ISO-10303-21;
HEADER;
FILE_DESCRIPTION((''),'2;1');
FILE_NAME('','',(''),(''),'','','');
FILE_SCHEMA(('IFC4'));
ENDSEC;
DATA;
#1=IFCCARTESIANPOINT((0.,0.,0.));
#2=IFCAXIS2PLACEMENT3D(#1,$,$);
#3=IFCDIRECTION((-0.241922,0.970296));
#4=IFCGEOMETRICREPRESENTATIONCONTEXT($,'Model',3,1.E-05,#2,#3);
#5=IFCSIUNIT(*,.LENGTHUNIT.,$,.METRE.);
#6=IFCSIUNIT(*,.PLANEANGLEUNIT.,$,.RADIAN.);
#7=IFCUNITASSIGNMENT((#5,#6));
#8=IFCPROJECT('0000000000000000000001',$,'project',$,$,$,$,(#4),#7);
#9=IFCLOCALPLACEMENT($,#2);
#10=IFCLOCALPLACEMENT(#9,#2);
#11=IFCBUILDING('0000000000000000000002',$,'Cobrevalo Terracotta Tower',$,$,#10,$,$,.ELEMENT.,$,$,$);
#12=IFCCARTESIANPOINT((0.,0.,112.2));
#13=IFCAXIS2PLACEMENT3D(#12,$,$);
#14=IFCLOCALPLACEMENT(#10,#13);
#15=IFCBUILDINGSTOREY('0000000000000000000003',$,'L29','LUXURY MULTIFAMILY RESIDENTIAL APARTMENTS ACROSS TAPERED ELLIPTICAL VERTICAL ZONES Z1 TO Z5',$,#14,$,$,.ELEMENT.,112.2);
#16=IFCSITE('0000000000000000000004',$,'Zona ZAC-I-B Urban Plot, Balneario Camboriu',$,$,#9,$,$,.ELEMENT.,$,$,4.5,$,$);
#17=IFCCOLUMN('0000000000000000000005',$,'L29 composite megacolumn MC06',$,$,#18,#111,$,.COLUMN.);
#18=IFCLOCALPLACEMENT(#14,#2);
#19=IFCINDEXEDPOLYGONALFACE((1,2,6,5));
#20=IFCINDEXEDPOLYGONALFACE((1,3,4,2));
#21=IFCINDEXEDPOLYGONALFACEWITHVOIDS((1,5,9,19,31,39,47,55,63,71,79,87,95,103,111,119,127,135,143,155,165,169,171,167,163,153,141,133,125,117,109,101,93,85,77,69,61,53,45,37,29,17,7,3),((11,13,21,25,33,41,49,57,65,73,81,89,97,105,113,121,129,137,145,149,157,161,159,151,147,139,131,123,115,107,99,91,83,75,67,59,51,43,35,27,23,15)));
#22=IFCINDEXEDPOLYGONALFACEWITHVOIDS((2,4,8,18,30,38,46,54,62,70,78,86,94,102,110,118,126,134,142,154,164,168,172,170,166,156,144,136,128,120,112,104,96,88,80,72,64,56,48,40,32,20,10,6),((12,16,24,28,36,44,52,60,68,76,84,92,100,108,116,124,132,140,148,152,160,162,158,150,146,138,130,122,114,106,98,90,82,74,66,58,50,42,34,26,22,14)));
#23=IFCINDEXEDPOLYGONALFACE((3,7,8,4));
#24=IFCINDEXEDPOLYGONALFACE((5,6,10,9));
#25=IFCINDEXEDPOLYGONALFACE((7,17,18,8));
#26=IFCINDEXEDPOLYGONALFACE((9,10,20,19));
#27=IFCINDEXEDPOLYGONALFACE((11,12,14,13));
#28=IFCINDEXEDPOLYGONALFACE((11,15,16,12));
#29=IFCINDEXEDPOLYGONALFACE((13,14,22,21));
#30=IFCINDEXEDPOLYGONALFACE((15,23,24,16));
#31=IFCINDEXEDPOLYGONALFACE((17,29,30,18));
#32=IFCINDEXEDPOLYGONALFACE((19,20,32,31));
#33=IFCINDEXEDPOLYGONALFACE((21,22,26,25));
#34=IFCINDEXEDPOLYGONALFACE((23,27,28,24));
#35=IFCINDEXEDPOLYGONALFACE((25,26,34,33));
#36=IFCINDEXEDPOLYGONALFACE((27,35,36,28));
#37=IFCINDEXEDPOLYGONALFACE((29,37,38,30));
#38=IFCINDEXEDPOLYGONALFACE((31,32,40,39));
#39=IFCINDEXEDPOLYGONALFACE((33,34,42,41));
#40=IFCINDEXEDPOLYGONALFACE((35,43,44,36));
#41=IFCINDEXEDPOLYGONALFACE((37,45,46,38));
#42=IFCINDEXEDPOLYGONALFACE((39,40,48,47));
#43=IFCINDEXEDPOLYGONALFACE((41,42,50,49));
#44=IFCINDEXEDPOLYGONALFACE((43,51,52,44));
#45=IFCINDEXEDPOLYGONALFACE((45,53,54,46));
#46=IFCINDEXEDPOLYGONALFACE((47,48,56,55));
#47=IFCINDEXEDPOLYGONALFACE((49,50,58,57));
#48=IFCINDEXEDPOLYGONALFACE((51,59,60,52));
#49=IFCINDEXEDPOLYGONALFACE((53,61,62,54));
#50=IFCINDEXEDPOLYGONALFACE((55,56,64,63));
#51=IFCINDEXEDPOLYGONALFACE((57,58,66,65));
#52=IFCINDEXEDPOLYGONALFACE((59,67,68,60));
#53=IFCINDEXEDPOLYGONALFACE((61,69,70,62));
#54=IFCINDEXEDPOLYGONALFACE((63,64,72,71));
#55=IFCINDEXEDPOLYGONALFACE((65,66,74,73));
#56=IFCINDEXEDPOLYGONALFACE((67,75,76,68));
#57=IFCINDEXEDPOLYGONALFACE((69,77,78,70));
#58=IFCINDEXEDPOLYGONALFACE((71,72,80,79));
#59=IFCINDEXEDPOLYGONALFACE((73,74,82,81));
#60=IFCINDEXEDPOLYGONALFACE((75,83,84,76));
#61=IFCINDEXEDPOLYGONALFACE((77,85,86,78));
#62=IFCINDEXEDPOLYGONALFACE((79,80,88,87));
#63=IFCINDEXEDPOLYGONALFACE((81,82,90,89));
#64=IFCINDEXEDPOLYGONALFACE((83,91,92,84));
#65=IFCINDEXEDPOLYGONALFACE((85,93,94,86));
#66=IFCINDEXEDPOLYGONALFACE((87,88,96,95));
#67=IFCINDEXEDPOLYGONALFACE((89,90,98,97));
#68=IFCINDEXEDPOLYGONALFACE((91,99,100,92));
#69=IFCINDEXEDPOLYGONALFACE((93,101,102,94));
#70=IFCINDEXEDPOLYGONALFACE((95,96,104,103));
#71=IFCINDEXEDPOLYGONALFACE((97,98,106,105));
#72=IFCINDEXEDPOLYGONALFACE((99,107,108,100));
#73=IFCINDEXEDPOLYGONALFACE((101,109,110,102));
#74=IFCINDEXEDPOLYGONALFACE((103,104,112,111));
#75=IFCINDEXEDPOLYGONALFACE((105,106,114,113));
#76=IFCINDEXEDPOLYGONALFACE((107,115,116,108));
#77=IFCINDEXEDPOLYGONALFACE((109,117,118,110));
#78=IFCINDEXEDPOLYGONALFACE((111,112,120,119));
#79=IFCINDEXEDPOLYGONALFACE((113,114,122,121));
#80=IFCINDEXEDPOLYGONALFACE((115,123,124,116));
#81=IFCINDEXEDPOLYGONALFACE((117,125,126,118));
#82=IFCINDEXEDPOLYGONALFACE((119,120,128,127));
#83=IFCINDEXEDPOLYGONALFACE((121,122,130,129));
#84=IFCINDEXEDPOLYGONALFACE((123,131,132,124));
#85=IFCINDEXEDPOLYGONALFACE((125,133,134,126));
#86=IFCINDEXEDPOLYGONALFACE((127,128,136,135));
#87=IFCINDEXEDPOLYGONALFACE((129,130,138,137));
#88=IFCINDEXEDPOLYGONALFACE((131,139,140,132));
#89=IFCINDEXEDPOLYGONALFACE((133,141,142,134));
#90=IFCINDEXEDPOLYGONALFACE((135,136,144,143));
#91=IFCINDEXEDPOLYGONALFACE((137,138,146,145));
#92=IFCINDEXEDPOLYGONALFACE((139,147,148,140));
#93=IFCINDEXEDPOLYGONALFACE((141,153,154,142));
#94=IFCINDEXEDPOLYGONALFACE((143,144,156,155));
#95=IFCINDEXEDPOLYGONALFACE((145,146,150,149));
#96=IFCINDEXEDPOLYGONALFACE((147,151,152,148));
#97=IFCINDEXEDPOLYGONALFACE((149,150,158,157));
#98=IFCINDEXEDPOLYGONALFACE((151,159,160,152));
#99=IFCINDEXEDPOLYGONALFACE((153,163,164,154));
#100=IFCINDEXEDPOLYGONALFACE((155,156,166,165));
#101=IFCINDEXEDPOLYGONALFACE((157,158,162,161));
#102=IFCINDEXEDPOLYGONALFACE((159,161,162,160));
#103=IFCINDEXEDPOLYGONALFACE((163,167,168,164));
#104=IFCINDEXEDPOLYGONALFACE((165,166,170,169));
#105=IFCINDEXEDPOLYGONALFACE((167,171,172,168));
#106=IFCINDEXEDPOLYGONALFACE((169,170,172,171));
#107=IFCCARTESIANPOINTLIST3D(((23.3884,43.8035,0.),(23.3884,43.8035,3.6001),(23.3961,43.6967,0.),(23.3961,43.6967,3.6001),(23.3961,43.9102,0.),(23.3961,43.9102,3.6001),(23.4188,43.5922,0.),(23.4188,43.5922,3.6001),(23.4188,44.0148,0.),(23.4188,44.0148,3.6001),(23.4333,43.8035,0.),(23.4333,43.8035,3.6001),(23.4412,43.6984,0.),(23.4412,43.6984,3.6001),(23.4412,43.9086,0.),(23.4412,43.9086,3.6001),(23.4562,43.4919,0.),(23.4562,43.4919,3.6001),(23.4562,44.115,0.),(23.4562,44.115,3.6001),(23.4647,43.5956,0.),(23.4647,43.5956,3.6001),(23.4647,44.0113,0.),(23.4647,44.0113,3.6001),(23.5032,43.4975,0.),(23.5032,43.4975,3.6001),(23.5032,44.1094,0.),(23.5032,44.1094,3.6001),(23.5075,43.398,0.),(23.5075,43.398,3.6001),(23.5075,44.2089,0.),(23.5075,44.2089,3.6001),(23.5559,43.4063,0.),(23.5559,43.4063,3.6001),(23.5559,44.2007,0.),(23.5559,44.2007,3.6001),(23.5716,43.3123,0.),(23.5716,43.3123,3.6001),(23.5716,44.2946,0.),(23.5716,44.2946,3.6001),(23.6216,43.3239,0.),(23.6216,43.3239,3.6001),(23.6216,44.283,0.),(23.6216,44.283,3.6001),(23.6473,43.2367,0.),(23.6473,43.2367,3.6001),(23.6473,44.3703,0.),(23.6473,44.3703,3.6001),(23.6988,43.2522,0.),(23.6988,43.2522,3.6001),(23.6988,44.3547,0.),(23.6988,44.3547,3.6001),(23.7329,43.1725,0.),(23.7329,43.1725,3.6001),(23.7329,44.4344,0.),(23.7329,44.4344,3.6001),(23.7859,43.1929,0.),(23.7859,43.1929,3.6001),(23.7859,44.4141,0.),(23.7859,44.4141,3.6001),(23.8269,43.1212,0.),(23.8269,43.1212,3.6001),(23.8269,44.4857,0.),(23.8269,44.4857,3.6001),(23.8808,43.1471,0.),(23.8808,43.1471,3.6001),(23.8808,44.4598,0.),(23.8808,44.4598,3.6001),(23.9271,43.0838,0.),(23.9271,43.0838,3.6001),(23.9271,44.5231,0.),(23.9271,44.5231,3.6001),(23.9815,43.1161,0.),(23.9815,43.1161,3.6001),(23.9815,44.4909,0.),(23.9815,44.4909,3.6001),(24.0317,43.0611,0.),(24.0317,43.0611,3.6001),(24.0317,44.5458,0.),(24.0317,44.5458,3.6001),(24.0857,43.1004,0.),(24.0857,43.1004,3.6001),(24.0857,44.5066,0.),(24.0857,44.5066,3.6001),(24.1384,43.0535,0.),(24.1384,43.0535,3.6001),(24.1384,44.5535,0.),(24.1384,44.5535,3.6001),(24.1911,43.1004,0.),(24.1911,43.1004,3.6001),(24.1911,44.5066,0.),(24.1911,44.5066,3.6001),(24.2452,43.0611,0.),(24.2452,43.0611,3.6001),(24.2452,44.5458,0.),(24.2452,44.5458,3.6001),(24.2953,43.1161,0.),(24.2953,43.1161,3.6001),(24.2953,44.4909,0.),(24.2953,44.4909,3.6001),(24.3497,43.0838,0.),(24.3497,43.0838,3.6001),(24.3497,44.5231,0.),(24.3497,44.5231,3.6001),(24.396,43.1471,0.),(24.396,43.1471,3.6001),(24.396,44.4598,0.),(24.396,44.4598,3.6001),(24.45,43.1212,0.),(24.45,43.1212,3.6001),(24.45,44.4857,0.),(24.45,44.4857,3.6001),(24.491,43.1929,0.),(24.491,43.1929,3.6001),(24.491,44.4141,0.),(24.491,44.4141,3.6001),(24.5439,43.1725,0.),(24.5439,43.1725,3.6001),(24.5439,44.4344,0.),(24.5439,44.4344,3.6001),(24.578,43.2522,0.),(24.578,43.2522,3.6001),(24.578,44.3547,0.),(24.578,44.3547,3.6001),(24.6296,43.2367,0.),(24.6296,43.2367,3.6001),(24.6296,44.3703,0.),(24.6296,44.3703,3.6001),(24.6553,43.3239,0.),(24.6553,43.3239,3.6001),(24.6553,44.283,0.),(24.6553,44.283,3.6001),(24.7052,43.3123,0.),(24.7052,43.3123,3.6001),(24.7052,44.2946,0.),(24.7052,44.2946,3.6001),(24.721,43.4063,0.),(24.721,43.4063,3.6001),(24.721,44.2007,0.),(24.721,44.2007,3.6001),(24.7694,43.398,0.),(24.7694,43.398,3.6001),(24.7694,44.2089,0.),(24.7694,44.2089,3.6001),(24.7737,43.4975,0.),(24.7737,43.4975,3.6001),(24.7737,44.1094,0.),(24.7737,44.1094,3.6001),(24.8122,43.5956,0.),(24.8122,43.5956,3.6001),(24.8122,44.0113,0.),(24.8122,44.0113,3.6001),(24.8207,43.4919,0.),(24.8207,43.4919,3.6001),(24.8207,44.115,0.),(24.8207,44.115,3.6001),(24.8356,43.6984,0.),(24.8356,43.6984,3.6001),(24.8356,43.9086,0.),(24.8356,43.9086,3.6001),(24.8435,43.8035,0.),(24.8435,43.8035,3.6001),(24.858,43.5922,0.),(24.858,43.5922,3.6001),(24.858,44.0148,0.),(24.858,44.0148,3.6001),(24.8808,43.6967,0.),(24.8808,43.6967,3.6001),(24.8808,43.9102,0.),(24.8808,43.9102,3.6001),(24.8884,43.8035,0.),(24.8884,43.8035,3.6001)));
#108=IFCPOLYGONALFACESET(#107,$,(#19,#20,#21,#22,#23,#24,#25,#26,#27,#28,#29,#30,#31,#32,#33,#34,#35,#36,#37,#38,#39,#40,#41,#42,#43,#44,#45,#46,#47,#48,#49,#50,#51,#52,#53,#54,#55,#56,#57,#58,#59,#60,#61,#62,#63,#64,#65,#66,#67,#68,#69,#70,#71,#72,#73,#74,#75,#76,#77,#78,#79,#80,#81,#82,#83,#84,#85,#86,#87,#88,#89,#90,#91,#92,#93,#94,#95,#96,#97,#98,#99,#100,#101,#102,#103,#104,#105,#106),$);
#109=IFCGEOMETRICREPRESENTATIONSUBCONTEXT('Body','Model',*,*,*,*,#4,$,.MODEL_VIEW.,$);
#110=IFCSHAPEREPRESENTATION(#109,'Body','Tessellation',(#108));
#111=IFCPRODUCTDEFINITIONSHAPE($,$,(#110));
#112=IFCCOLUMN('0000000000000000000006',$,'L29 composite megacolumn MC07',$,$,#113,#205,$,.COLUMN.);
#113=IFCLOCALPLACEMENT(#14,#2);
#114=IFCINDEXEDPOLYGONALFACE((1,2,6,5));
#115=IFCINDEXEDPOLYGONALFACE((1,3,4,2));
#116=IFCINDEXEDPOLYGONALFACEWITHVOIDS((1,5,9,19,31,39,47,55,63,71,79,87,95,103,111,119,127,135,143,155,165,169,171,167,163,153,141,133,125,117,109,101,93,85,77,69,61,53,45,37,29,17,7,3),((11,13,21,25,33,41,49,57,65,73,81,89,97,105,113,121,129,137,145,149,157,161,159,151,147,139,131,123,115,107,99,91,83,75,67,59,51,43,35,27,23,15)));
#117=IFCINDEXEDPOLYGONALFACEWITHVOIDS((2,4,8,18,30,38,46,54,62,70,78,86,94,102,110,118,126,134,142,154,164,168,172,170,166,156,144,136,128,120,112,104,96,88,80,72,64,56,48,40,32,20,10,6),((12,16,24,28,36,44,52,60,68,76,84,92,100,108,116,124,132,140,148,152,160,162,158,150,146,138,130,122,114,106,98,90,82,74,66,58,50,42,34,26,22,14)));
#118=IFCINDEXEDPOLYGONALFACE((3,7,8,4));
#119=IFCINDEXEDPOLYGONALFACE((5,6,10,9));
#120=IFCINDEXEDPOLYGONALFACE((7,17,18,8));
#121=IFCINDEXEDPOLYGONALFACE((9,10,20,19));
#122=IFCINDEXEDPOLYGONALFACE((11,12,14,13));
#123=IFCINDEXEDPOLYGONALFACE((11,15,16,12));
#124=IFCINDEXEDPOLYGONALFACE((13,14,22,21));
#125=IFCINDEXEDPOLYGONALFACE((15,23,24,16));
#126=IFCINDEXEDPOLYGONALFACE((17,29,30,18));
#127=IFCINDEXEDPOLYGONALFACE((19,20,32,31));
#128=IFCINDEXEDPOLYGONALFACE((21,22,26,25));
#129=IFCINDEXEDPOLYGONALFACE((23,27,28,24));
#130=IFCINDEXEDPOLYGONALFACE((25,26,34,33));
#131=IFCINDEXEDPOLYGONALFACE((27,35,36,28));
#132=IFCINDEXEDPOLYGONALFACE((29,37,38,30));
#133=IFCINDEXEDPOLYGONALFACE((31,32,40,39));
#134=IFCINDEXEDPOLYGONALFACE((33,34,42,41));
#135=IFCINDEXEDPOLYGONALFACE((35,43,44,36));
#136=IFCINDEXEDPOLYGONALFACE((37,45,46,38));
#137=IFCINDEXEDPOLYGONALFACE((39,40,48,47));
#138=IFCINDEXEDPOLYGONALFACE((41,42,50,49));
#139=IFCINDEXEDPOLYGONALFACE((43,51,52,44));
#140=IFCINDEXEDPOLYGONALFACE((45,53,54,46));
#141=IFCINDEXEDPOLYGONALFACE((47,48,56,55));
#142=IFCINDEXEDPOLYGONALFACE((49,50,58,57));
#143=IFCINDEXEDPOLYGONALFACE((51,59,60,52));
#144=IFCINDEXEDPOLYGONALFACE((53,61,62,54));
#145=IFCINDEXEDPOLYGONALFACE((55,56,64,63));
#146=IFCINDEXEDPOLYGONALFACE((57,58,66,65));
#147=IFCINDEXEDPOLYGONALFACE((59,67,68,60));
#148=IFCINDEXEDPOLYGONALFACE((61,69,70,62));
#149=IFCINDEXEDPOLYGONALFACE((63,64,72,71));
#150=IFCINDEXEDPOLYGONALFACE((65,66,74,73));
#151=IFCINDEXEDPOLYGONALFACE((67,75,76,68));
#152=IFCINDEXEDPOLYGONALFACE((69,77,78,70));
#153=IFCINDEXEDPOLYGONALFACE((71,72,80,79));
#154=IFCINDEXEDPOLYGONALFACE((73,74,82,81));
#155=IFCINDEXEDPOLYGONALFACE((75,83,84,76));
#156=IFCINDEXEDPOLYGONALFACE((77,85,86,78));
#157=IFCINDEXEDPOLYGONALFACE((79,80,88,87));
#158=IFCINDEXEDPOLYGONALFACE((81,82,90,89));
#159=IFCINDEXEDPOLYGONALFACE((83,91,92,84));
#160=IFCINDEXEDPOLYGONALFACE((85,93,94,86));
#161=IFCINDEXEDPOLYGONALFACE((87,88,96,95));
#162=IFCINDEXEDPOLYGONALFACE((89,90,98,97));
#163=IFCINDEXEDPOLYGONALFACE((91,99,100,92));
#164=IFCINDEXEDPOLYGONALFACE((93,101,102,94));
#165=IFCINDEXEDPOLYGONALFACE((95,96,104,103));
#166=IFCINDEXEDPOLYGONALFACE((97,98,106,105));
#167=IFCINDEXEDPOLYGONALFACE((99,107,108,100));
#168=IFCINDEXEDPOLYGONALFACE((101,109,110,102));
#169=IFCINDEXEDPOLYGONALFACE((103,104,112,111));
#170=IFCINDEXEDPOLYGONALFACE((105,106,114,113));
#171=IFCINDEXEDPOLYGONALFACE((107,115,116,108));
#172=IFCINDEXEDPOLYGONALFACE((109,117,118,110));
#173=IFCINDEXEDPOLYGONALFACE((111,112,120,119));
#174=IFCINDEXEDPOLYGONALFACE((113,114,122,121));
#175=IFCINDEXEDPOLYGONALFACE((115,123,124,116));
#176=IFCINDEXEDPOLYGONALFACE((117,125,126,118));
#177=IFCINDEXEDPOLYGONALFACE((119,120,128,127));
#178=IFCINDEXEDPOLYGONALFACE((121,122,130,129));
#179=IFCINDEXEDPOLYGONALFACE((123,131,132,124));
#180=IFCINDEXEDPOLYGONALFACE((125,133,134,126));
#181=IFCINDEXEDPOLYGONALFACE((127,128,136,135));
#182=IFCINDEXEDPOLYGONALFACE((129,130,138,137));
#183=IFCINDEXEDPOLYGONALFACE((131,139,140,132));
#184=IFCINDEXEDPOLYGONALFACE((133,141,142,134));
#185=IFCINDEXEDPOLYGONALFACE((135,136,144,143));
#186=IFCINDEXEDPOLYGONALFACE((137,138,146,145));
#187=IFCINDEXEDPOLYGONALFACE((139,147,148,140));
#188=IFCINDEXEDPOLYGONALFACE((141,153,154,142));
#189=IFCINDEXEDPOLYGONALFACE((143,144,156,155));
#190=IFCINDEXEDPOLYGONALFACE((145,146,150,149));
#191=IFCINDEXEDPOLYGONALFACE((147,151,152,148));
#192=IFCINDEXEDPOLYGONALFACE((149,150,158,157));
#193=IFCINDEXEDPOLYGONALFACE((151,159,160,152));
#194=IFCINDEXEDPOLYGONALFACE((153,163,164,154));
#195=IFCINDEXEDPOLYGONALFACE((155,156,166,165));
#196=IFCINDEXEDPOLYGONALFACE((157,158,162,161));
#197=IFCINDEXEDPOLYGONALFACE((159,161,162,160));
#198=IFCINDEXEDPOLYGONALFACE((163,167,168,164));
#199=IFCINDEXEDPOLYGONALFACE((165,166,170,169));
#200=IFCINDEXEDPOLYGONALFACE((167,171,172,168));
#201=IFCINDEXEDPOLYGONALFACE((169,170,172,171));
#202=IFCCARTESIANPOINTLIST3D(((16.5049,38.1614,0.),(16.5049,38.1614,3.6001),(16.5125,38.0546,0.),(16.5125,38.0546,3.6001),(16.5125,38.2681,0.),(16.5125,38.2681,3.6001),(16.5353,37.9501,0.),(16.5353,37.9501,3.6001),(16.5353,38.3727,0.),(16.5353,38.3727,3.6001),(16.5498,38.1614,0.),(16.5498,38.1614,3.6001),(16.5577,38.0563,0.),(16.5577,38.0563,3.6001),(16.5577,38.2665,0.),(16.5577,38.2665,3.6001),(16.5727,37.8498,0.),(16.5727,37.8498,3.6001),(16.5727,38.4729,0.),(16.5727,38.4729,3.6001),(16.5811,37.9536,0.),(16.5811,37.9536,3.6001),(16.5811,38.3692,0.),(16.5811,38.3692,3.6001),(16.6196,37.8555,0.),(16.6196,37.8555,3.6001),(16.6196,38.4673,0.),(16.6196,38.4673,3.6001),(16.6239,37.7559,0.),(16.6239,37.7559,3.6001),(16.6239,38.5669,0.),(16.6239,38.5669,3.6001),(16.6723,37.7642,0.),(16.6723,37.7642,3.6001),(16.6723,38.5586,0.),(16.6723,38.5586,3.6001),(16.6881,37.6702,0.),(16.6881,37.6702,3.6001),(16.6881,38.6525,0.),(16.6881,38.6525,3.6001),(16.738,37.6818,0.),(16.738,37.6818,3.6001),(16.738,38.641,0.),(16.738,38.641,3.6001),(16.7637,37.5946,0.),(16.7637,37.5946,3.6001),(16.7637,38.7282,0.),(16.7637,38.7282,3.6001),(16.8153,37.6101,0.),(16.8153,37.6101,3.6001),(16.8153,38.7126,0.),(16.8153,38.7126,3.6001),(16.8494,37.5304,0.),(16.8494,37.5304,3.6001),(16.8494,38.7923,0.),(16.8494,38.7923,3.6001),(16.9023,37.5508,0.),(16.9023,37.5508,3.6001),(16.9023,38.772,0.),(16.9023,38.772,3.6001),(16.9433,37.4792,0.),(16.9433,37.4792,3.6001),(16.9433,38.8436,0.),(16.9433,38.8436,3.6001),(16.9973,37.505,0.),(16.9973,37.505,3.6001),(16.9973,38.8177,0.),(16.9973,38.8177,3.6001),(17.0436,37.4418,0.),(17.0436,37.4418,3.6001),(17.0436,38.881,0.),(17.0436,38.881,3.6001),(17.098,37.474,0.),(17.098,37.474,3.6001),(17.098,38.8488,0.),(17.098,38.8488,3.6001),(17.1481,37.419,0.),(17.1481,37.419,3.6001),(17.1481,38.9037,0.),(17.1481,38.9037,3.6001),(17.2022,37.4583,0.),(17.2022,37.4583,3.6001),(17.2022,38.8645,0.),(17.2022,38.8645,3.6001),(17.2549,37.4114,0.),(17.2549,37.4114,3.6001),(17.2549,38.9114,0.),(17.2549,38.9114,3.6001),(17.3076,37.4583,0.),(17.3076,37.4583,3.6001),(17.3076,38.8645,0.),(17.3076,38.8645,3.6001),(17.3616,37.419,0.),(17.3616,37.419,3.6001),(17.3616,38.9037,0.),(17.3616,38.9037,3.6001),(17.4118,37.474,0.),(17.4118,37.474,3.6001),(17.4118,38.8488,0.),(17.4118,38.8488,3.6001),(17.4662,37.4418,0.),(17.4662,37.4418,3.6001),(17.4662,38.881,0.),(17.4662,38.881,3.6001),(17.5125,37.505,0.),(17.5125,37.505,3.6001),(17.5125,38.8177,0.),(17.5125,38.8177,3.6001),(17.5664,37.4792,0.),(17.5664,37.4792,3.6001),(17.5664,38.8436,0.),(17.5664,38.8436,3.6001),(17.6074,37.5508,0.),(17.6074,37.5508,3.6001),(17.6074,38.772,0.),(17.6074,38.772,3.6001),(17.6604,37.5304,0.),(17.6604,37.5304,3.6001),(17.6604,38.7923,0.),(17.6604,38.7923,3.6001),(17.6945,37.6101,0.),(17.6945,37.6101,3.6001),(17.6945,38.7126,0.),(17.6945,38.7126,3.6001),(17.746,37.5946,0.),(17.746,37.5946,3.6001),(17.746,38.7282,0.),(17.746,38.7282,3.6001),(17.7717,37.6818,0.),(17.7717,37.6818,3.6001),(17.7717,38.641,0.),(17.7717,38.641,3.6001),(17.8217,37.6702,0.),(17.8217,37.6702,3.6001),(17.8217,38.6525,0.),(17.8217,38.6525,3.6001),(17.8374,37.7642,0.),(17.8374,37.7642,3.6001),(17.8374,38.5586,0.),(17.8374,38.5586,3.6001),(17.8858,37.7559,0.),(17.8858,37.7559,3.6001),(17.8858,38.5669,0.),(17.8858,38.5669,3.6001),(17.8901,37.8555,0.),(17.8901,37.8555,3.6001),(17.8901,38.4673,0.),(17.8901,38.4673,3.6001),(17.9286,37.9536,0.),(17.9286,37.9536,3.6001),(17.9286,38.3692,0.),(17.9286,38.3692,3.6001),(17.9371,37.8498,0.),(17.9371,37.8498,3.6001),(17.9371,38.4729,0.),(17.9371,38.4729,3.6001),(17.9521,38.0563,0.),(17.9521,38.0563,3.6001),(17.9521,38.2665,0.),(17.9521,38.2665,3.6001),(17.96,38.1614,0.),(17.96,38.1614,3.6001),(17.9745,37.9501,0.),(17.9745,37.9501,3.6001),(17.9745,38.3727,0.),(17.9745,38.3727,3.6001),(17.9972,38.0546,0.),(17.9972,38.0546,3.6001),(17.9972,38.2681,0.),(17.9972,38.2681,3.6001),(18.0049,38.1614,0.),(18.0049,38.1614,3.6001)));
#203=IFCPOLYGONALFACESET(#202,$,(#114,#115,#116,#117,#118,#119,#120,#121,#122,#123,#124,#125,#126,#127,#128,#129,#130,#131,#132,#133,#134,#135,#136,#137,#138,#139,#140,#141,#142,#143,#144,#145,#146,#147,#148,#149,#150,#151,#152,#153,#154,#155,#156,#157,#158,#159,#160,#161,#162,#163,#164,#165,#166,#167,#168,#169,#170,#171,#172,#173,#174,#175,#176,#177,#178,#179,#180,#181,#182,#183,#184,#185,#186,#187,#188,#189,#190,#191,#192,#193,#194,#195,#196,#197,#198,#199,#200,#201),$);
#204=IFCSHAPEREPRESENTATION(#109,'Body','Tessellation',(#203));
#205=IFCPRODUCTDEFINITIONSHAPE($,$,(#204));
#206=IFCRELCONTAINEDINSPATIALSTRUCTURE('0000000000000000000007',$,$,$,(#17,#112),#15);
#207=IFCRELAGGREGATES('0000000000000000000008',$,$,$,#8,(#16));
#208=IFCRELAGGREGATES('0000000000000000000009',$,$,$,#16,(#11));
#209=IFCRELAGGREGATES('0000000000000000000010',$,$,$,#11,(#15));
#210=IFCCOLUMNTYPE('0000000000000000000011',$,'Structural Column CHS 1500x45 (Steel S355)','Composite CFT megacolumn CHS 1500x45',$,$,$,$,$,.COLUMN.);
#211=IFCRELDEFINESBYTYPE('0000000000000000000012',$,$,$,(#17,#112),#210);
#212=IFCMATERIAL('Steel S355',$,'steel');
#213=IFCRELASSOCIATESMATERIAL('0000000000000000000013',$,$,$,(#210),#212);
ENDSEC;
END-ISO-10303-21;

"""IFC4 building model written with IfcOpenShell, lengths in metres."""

from ifc_helpers import new_model, si_unit, direction, frame, origin, origin_2d, place, context, subcontext, project, spatial, hollow_circle, extrude, material, material_profile, profile_set, type_object, element, save


model = new_model("IFC4")

# Units and contexts
model_context = context("Model", 3, precision=1e-05, world=origin(), true_north=direction((-0.241922, 0.970296)))
body_context = subcontext(model_context, "Body", "Model", "MODEL_VIEW")
ifc_project = project(units=[si_unit("LENGTHUNIT", "METRE"), si_unit("PLANEANGLEUNIT", "RADIAN")], contexts=[model_context])

# Site, building, storey
site_placement = place(None, origin())
site = spatial("IfcSite", under=ifc_project, at=site_placement, Name="Zona ZAC-I-B Urban Plot, Balneario Camboriu", CompositionType="ELEMENT", RefElevation=4.5)
building_placement = place(site_placement, origin())
building = spatial("IfcBuilding", under=site, at=building_placement, Name="Cobrevalo Terracotta Tower", CompositionType="ELEMENT")
storey_placement = place(building_placement, frame((0.0, 0.0, 112.2)))
storey = spatial("IfcBuildingStorey", under=building, at=storey_placement, Name="L29", Description="LUXURY MULTIFAMILY RESIDENTIAL APARTMENTS ACROSS TAPERED ELLIPTICAL VERTICAL ZONES Z1 TO Z5", CompositionType="ELEMENT", Elevation=112.2)

# Columns
ifc_material_1 = material(Name="Steel S355", Category="steel")
ifc_material_profile_1 = material_profile(ifc_material_1, hollow_circle(Radius=0.75, WallThickness=0.0449, at=origin_2d()), Name="CHS 1500x45")
ifc_profile_set_1 = profile_set([ifc_material_profile_1], Name="Steel S355")
column_type = type_object("IfcColumnType", Name="Structural Column CHS 1500x45 (Steel S355)", Description="Composite CFT megacolumn CHS 1500x45", PredefinedType="COLUMN", material=ifc_profile_set_1)
for number, where, z_axis, x_axis, name in (
    (1, (24.1384, 43.8035, 0.0), (0.0, 0.0, 1.0), (1.0, 0.0, 0.0), "L29 composite megacolumn MC06"),
    (2, (17.2549, 38.1614, 0.0), (0.0, 0.0, 1.0), (1.0, 0.0, 0.0), "L29 composite megacolumn MC07"),
):
    element("IfcColumn", number, at=place(storey_placement, frame(where, z_axis=z_axis, x_axis=x_axis)), inside=storey, type_object=column_type, Name=name, PredefinedType="COLUMN", context=body_context, shape_type="SweptSolid", body=[
        extrude(hollow_circle(Radius=0.75, WallThickness=0.0449, at=origin_2d()), origin(), (0.0, 0.0, 1.0), 3.6001),
    ])

save(model, "model.ifc")
